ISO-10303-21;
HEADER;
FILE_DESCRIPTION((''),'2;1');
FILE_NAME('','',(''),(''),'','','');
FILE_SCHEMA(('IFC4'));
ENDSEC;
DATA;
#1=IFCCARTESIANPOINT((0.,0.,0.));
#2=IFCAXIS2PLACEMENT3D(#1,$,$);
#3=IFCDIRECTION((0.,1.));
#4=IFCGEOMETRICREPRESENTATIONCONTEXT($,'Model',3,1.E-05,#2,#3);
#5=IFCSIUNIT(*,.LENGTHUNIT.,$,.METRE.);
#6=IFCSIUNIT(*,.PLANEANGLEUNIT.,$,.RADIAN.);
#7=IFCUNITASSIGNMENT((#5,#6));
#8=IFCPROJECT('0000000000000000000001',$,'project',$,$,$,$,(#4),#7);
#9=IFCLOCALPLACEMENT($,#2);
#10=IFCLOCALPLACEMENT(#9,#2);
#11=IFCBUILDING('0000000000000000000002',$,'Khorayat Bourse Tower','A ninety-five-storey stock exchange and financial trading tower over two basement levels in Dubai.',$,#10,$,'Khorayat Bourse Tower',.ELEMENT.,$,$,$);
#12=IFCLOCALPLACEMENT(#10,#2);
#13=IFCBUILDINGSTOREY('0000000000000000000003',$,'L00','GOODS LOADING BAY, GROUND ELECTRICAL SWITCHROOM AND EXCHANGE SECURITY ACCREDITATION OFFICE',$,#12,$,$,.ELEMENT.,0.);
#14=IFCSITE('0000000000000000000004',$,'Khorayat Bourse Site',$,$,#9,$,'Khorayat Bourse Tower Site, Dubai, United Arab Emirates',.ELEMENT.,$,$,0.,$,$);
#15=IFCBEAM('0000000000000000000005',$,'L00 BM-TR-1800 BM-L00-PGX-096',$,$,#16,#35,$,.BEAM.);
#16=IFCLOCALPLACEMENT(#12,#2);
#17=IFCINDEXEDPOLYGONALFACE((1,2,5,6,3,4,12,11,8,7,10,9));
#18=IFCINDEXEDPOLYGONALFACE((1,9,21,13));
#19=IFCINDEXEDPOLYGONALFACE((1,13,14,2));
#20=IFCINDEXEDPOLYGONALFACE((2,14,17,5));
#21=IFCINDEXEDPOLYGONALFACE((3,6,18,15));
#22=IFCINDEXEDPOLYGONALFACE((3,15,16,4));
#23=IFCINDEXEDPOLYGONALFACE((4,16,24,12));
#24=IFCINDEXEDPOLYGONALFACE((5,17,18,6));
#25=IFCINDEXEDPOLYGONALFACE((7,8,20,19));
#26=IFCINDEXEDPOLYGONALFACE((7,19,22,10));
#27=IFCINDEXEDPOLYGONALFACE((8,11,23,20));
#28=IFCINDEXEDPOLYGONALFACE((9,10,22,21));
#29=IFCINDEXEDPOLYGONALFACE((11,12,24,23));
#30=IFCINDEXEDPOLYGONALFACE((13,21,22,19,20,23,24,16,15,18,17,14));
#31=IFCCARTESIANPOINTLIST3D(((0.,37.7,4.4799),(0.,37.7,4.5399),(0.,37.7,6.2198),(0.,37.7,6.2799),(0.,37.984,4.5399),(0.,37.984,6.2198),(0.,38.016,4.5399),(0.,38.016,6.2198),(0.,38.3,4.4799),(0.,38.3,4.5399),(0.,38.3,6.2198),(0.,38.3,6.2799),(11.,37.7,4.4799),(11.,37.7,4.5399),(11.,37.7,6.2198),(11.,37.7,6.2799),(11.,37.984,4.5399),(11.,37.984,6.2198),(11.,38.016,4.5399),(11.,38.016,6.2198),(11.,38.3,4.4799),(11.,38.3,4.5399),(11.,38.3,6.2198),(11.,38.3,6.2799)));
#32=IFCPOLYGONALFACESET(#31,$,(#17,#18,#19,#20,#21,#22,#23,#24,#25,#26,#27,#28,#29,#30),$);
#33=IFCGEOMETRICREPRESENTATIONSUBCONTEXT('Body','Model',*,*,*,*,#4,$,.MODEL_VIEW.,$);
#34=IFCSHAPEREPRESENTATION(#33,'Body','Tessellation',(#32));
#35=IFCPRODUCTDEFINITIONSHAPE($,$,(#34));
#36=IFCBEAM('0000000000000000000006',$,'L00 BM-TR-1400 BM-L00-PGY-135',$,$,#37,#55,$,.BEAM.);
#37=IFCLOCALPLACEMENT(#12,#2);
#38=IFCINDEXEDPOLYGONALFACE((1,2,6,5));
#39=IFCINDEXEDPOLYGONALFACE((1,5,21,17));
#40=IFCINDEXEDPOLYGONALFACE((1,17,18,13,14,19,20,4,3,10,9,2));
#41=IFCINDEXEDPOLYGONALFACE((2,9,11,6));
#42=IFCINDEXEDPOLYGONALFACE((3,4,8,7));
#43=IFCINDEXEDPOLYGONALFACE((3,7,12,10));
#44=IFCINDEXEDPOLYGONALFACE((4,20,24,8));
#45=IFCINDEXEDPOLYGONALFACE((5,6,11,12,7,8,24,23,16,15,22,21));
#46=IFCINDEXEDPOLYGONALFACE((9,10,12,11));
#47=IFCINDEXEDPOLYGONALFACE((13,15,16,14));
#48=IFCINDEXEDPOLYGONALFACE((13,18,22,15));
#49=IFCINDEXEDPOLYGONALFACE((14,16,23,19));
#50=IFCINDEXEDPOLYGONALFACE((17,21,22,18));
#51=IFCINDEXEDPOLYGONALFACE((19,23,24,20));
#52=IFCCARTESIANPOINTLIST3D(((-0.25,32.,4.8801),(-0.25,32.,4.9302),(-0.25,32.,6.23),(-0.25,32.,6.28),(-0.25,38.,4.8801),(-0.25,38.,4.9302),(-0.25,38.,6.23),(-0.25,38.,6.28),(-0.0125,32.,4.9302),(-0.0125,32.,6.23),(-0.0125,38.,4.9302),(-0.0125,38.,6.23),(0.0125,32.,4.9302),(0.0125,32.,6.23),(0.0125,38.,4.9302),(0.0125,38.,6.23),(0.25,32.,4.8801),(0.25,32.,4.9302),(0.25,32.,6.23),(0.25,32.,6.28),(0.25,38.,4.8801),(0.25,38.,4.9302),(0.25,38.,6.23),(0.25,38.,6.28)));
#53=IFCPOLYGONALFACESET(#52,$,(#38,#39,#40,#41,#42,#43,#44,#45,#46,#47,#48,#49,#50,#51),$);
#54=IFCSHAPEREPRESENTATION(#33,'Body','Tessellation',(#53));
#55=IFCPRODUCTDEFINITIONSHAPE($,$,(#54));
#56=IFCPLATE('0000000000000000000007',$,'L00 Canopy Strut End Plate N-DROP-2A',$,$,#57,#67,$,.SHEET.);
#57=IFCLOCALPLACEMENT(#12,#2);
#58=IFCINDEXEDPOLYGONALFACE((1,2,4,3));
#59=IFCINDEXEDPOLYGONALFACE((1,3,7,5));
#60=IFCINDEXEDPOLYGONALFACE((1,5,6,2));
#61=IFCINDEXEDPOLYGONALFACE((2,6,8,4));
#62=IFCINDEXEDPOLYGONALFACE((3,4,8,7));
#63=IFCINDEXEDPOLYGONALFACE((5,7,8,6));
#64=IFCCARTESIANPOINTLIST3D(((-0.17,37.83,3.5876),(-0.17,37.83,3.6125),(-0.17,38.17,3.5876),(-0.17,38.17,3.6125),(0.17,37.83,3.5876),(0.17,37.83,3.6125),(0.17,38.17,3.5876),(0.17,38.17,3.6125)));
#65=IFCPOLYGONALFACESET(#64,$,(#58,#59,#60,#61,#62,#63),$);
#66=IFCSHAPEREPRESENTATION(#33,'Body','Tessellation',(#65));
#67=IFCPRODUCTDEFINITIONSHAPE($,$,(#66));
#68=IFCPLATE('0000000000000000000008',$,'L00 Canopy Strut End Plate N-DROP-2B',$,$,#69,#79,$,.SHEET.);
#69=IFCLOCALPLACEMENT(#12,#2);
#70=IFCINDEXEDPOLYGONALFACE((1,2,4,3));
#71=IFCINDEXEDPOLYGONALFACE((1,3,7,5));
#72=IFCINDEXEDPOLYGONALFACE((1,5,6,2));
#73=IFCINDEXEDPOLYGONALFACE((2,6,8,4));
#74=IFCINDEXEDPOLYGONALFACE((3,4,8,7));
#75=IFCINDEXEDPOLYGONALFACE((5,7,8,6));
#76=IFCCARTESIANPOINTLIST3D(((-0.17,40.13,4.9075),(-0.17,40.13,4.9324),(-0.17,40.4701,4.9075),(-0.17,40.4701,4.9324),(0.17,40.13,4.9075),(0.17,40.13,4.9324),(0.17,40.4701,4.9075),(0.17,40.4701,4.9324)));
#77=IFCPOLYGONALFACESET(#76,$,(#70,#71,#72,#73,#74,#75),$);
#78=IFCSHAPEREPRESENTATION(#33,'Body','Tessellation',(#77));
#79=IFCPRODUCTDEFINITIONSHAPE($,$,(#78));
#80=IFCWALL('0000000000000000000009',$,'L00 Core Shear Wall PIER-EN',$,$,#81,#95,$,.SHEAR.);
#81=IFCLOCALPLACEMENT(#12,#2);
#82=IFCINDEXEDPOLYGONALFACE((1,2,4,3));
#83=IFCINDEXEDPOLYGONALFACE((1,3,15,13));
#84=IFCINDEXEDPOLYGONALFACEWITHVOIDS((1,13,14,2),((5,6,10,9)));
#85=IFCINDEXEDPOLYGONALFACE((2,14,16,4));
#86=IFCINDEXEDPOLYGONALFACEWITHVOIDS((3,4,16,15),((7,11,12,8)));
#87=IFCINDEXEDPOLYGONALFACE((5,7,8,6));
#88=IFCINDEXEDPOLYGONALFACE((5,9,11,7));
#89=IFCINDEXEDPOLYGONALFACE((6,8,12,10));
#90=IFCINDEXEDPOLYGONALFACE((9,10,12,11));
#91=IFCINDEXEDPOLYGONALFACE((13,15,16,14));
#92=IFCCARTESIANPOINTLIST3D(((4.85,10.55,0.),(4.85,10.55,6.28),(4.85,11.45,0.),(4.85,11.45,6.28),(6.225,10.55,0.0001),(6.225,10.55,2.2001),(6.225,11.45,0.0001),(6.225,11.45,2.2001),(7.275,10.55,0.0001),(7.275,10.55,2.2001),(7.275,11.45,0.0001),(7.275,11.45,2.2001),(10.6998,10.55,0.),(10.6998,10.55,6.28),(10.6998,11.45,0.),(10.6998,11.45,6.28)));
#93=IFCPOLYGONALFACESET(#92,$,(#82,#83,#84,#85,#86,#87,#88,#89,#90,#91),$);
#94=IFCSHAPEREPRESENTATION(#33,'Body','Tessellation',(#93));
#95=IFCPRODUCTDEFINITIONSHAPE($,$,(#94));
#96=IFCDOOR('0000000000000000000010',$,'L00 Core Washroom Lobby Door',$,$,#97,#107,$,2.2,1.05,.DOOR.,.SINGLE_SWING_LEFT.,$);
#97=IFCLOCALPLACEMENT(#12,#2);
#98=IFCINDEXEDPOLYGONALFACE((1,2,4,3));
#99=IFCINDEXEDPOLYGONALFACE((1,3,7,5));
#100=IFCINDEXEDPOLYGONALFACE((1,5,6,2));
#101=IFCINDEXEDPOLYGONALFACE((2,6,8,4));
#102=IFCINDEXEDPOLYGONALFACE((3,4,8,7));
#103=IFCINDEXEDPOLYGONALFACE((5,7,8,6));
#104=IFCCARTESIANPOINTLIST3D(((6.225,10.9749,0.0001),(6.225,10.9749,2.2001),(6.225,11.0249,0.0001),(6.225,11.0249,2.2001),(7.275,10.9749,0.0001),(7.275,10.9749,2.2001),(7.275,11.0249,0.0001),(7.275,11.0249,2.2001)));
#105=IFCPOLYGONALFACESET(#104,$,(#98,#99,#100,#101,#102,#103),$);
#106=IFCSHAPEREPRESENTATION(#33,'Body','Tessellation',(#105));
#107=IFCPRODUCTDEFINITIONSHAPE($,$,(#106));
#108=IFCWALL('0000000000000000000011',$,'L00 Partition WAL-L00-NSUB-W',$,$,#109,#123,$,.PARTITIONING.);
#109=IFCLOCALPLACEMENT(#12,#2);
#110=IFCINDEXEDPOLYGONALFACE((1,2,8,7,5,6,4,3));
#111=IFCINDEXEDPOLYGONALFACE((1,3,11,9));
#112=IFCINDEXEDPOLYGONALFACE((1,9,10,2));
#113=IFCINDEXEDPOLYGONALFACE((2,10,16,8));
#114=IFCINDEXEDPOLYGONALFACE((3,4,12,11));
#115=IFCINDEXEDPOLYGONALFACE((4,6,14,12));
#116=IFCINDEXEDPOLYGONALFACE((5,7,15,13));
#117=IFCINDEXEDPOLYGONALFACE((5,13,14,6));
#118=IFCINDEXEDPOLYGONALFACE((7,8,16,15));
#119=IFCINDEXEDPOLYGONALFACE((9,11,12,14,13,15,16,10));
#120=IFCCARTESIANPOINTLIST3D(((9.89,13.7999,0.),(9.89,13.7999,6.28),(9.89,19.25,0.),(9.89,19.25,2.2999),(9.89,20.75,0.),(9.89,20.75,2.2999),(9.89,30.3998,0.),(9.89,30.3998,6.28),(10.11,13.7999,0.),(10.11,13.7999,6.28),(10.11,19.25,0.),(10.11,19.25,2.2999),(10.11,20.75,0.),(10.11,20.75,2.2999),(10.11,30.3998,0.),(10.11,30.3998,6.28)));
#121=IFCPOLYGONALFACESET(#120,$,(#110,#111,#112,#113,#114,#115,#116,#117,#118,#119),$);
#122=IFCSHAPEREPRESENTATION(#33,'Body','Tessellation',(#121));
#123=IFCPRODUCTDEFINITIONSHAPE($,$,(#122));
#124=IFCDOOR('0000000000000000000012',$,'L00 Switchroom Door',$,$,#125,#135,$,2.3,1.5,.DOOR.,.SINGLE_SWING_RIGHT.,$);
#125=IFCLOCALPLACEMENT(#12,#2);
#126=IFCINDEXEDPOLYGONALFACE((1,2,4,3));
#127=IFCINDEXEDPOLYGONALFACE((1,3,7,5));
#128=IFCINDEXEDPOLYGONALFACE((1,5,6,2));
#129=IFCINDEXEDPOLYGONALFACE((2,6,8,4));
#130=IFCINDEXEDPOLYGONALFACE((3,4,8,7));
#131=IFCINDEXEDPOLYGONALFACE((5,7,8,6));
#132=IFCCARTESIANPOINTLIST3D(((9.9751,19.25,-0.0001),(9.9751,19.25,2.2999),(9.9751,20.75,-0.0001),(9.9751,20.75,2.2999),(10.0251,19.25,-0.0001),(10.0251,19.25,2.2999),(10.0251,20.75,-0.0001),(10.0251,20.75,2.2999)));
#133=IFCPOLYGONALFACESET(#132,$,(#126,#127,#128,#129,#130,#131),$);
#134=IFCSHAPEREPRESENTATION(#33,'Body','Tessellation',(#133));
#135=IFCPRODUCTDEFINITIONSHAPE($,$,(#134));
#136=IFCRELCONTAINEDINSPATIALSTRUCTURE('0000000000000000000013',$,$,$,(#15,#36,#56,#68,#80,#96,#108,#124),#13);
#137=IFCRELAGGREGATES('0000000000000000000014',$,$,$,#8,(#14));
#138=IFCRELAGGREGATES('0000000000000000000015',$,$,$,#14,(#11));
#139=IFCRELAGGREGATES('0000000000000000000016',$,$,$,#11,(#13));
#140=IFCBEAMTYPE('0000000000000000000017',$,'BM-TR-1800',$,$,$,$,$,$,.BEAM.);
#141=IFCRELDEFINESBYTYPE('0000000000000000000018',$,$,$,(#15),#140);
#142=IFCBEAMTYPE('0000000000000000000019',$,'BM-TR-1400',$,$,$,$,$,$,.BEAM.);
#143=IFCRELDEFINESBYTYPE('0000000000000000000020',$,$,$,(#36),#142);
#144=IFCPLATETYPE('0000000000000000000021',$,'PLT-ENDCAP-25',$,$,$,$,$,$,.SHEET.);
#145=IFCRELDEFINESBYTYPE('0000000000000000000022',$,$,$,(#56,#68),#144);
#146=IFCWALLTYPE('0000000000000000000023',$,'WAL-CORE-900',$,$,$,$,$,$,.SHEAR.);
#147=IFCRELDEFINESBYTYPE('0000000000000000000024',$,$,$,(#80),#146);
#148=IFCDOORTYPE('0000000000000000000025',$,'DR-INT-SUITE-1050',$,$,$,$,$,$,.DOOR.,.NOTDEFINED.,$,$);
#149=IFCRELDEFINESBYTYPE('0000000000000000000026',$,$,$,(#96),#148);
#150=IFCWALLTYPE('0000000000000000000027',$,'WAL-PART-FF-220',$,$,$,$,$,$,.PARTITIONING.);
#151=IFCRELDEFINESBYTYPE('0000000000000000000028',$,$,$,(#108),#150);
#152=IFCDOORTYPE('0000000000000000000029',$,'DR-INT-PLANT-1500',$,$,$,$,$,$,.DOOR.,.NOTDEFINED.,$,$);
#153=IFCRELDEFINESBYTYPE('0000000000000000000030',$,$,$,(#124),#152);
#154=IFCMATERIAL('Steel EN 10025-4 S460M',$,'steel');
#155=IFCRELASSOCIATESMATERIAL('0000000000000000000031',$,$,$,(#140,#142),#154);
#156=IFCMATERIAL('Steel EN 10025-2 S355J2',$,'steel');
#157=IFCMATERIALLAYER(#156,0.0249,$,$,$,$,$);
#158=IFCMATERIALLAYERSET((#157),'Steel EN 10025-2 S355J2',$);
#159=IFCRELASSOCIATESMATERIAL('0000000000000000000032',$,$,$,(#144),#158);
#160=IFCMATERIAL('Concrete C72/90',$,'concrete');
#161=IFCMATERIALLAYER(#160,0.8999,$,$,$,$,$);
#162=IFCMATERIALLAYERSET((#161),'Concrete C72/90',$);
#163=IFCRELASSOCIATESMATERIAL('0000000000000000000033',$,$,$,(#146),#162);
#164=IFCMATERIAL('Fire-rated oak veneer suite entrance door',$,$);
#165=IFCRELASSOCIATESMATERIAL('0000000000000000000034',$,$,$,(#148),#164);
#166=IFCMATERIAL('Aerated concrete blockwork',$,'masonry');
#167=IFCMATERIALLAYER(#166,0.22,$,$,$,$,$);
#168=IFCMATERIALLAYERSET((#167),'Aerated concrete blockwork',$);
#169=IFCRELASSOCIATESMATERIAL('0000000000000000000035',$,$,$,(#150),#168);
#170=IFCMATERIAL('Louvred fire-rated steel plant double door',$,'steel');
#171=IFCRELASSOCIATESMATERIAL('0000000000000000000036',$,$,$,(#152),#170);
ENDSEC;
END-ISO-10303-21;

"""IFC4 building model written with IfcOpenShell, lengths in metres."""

from ifc_helpers import new_model, si_unit, direction, frame, frame_2d, origin, origin_2d, place, context, subcontext, project, spatial, rectangle, i_section, extrude, source, transform, mapped, material, layer, layer_set, material_profile, profile_set, type_object, element, fill, save


model = new_model("IFC4")

# Units and contexts
model_context = context("Model", 3, precision=1e-05, world=origin(), true_north=direction((0.0, 1.0)))
body_context = subcontext(model_context, "Body", "Model", "MODEL_VIEW")
ifc_project = project(units=[si_unit("LENGTHUNIT", "METRE"), si_unit("PLANEANGLEUNIT", "RADIAN")], contexts=[model_context])

# Site, building, storey
site_placement = place(None, origin())
site = spatial("IfcSite", under=ifc_project, at=site_placement, Name="Khorayat Bourse Site", LongName="Khorayat Bourse Tower Site, Dubai, United Arab Emirates", CompositionType="ELEMENT", RefElevation=0.0)
building_placement = place(site_placement, origin())
building = spatial("IfcBuilding", under=site, at=building_placement, Name="Khorayat Bourse Tower", Description="A ninety-five-storey stock exchange and financial trading tower over two basement levels in Dubai.", LongName="Khorayat Bourse Tower", CompositionType="ELEMENT")
storey_placement = place(building_placement, origin())
storey = spatial("IfcBuildingStorey", under=building, at=storey_placement, Name="L00", Description="GOODS LOADING BAY, GROUND ELECTRICAL SWITCHROOM AND EXCHANGE SECURITY ACCREDITATION OFFICE", CompositionType="ELEMENT", Elevation=0.0)

# Shared definitions
ifc_material_1 = material(Name="Concrete C72/90", Category="concrete")

# Shared definitions
ifc_material_2 = material(Name="Steel EN 10025-2 S355J2", Category="steel")

# Beams
ifc_material_3 = material(Name="Steel EN 10025-4 S460M", Category="steel")
ifc_material_profile_1 = material_profile(ifc_material_3, i_section(OverallWidth=0.6001, OverallDepth=1.8, WebThickness=0.032, FlangeThickness=0.0601, at=origin_2d()), Name="PG 1800x600x32x60")
ifc_profile_set_1 = profile_set([ifc_material_profile_1], Name="Steel EN 10025-4 S460M")
beam_type_1 = type_object("IfcBeamType", Name="BM-TR-1800", PredefinedType="BEAM", material=ifc_profile_set_1)
shared_shape_1 = source(origin(), body_context, "Body", "SweptSolid", [
    extrude(i_section(OverallWidth=0.6001, OverallDepth=1.8, WebThickness=0.032, FlangeThickness=0.0601, at=origin_2d()), origin(), (0.0, 0.0, 1.0), 11.0),
])
for number, where, z_axis, x_axis, name in (
    (1, (0.0, 38.0, 5.3799), (1.0, 0.0, 0.0), (0.0, 1.0, 0.0), "L00 BM-TR-1800 BM-L00-PGX-096"),
):
    element("IfcBeam", number, at=place(storey_placement, frame(where, z_axis=z_axis, x_axis=x_axis)), inside=storey, type_object=beam_type_1, Name=name, PredefinedType="BEAM", context=body_context, shape_type="MappedRepresentation", body=[
        mapped(shared_shape_1, transform((0.0, 0.0, 0.0), scale=1.0)),
    ])
ifc_material_profile_2 = material_profile(ifc_material_3, i_section(OverallWidth=0.5, OverallDepth=1.3999, WebThickness=0.0249, FlangeThickness=0.05, at=origin_2d()), Name="PG 1400x500x25x50")
ifc_profile_set_2 = profile_set([ifc_material_profile_2], Name="Steel EN 10025-4 S460M")
beam_type_2 = type_object("IfcBeamType", Name="BM-TR-1400", PredefinedType="BEAM", material=ifc_profile_set_2)
shared_shape_2 = source(origin(), body_context, "Body", "SweptSolid", [
    extrude(i_section(OverallWidth=0.5, OverallDepth=1.3999, WebThickness=0.0249, FlangeThickness=0.05, at=origin_2d()), origin(), (0.0, 0.0, 1.0), 6.0),
])
beam_1_placement = place(storey_placement, frame((0.0, 32.0, 5.5801), z_axis=(0.0, 1.0, 0.0), x_axis=(-1.0, 0.0, 0.0)))
element("IfcBeam", 2, at=beam_1_placement, inside=storey, type_object=beam_type_2, Name="L00 BM-TR-1400 BM-L00-PGY-135", PredefinedType="BEAM", context=body_context, shape_type="MappedRepresentation", body=[
    mapped(shared_shape_2, transform((0.0, 0.0, 0.0), scale=1.0)),
])

# Plates
ifc_layer_1 = layer(ifc_material_2, 0.0249)
ifc_layer_set_1 = layer_set([ifc_layer_1], Name="Steel EN 10025-2 S355J2")
plate_type = type_object("IfcPlateType", Name="PLT-ENDCAP-25", PredefinedType="SHEET", material=ifc_layer_set_1)
shared_shape_3 = source(origin(), body_context, "Body", "SweptSolid", [
    extrude(rectangle(XDim=0.3401, YDim=0.3401, at=origin_2d()), origin(), (0.0, 0.0, 1.0), 0.0249),
])
for number, where, z_axis, x_axis, name in (
    (3, (0.0, 38.0, 3.5876), (0.0, 0.0, 1.0), (1.0, 0.0, 0.0), "L00 Canopy Strut End Plate N-DROP-2A"),
    (4, (0.0, 40.3, 4.9075), (0.0, 0.0, 1.0), (1.0, 0.0, 0.0), "L00 Canopy Strut End Plate N-DROP-2B"),
):
    element("IfcPlate", number, at=place(storey_placement, frame(where, z_axis=z_axis, x_axis=x_axis)), inside=storey, type_object=plate_type, Name=name, PredefinedType="SHEET", context=body_context, shape_type="MappedRepresentation", body=[
        mapped(shared_shape_3, transform((0.0, 0.0, 0.0), scale=1.0)),
    ])

# Walls, openings, doors
ifc_layer_2 = layer(ifc_material_1, 0.8999)
ifc_layer_set_2 = layer_set([ifc_layer_2], Name="Concrete C72/90")
wall_type_1 = type_object("IfcWallType", Name="WAL-CORE-900", PredefinedType="SHEAR", material=ifc_layer_set_2)
shared_shape_4 = source(origin(), body_context, "Body", "SweptSolid", [
    extrude(rectangle(XDim=5.8499, YDim=0.8999, at=frame_2d((2.9248, 0.0))), origin(), (0.0, 0.0, 1.0), 6.28),
])
wall_1_placement = place(storey_placement, frame((4.8501, 11.0, 0.0), z_axis=(0.0, 0.0, 1.0), x_axis=(1.0, 0.0, 0.0)))
wall_1 = element("IfcWall", 5, at=wall_1_placement, inside=storey, type_object=wall_type_1, Name="L00 Core Shear Wall PIER-EN", PredefinedType="SHEAR", context=body_context, shape_type="MappedRepresentation", body=[
    mapped(shared_shape_4, transform((0.0, 0.0, 0.0), scale=1.0)),
])
shared_shape_5 = source(origin(), body_context, "Body", "SweptSolid", [
    extrude(rectangle(XDim=1.05, YDim=2.2, at=frame_2d((0.5249, 1.1001))), frame((0.0, 0.46, 0.0), z_axis=(0.0, -1.0, 0.0), x_axis=(1.0, 0.0, 0.0)), (0.0, 0.0, 1.0), 0.9199),
])
opening_1_placement = place(wall_1_placement, frame((1.375, 0.0, 0.0)))
opening_1 = element("IfcOpeningElement", 6, at=opening_1_placement, cuts=wall_1, PredefinedType="OPENING", context=body_context, shape_type="MappedRepresentation", body=[
    mapped(shared_shape_5, transform((0.0, 0.0, 0.0), scale=1.0)),
])
ifc_material_4 = material(Name="Fire-rated oak veneer suite entrance door")
door_type_1 = type_object("IfcDoorType", Name="DR-INT-SUITE-1050", OperationType="NOTDEFINED", PredefinedType="DOOR", material=ifc_material_4)
shared_shape_6 = source(origin(), body_context, "Body", "SweptSolid", [
    extrude(rectangle(XDim=1.05, YDim=2.2, at=frame_2d((0.5249, 1.1001))), frame((0.0, 0.0249, 0.0), z_axis=(0.0, -1.0, 0.0), x_axis=(1.0, 0.0, 0.0)), (0.0, 0.0, 1.0), 0.05),
])
door_1_placement = place(opening_1_placement, origin())
door_1 = element("IfcDoor", 7, at=door_1_placement, inside=storey, type_object=door_type_1, Name="L00 Core Washroom Lobby Door", OperationType="SINGLE_SWING_LEFT", OverallHeight=2.2, OverallWidth=1.05, PredefinedType="DOOR", context=body_context, shape_type="MappedRepresentation", body=[
    mapped(shared_shape_6, transform((0.0, 0.0, 0.0), scale=1.0)),
])
fill(opening_1, door_1)
ifc_material_5 = material(Name="Aerated concrete blockwork", Category="masonry")
ifc_layer_3 = layer(ifc_material_5, 0.22)
ifc_layer_set_3 = layer_set([ifc_layer_3], Name="Aerated concrete blockwork")
wall_type_2 = type_object("IfcWallType", Name="WAL-PART-FF-220", PredefinedType="PARTITIONING", material=ifc_layer_set_3)
shared_shape_7 = source(origin(), body_context, "Body", "SweptSolid", [
    extrude(rectangle(XDim=16.5999, YDim=0.22, at=frame_2d((8.2998, 0.0))), origin(), (0.0, 0.0, 1.0), 6.28),
])
wall_2_placement = place(storey_placement, frame((10.0, 13.8, 0.0), z_axis=(0.0, 0.0, 1.0), x_axis=(0.0, 1.0, 0.0)))
wall_2 = element("IfcWall", 8, at=wall_2_placement, inside=storey, type_object=wall_type_2, Name="L00 Partition WAL-L00-NSUB-W", PredefinedType="PARTITIONING", context=body_context, shape_type="MappedRepresentation", body=[
    mapped(shared_shape_7, transform((0.0, 0.0, 0.0), scale=1.0)),
])
shared_shape_8 = source(origin(), body_context, "Body", "SweptSolid", [
    extrude(rectangle(XDim=1.5, YDim=2.3, at=frame_2d((0.75, 1.1499))), frame((0.0, 0.1199, 0.0), z_axis=(0.0, -1.0, 0.0), x_axis=(1.0, 0.0, 0.0)), (0.0, 0.0, 1.0), 0.24),
])
opening_2_placement = place(wall_2_placement, frame((5.45, 0.0, 0.0)))
opening_2 = element("IfcOpeningElement", 9, at=opening_2_placement, cuts=wall_2, PredefinedType="OPENING", context=body_context, shape_type="MappedRepresentation", body=[
    mapped(shared_shape_8, transform((0.0, 0.0, 0.0), scale=1.0)),
])
ifc_material_6 = material(Name="Louvred fire-rated steel plant double door", Category="steel")
door_type_2 = type_object("IfcDoorType", Name="DR-INT-PLANT-1500", OperationType="NOTDEFINED", PredefinedType="DOOR", material=ifc_material_6)
shared_shape_9 = source(origin(), body_context, "Body", "SweptSolid", [
    extrude(rectangle(XDim=1.5, YDim=2.3, at=frame_2d((0.75, 1.1499))), frame((0.0, 0.0249, 0.0), z_axis=(0.0, -1.0, 0.0), x_axis=(1.0, 0.0, 0.0)), (0.0, 0.0, 1.0), 0.05),
])
door_2_placement = place(opening_2_placement, origin())
door_2 = element("IfcDoor", 10, at=door_2_placement, inside=storey, type_object=door_type_2, Name="L00 Switchroom Door", OperationType="SINGLE_SWING_RIGHT", OverallHeight=2.3, OverallWidth=1.5, PredefinedType="DOOR", context=body_context, shape_type="MappedRepresentation", body=[
    mapped(shared_shape_9, transform((0.0, 0.0, 0.0), scale=1.0)),
])
fill(opening_2, door_2)

save(model, "model.ifc")
